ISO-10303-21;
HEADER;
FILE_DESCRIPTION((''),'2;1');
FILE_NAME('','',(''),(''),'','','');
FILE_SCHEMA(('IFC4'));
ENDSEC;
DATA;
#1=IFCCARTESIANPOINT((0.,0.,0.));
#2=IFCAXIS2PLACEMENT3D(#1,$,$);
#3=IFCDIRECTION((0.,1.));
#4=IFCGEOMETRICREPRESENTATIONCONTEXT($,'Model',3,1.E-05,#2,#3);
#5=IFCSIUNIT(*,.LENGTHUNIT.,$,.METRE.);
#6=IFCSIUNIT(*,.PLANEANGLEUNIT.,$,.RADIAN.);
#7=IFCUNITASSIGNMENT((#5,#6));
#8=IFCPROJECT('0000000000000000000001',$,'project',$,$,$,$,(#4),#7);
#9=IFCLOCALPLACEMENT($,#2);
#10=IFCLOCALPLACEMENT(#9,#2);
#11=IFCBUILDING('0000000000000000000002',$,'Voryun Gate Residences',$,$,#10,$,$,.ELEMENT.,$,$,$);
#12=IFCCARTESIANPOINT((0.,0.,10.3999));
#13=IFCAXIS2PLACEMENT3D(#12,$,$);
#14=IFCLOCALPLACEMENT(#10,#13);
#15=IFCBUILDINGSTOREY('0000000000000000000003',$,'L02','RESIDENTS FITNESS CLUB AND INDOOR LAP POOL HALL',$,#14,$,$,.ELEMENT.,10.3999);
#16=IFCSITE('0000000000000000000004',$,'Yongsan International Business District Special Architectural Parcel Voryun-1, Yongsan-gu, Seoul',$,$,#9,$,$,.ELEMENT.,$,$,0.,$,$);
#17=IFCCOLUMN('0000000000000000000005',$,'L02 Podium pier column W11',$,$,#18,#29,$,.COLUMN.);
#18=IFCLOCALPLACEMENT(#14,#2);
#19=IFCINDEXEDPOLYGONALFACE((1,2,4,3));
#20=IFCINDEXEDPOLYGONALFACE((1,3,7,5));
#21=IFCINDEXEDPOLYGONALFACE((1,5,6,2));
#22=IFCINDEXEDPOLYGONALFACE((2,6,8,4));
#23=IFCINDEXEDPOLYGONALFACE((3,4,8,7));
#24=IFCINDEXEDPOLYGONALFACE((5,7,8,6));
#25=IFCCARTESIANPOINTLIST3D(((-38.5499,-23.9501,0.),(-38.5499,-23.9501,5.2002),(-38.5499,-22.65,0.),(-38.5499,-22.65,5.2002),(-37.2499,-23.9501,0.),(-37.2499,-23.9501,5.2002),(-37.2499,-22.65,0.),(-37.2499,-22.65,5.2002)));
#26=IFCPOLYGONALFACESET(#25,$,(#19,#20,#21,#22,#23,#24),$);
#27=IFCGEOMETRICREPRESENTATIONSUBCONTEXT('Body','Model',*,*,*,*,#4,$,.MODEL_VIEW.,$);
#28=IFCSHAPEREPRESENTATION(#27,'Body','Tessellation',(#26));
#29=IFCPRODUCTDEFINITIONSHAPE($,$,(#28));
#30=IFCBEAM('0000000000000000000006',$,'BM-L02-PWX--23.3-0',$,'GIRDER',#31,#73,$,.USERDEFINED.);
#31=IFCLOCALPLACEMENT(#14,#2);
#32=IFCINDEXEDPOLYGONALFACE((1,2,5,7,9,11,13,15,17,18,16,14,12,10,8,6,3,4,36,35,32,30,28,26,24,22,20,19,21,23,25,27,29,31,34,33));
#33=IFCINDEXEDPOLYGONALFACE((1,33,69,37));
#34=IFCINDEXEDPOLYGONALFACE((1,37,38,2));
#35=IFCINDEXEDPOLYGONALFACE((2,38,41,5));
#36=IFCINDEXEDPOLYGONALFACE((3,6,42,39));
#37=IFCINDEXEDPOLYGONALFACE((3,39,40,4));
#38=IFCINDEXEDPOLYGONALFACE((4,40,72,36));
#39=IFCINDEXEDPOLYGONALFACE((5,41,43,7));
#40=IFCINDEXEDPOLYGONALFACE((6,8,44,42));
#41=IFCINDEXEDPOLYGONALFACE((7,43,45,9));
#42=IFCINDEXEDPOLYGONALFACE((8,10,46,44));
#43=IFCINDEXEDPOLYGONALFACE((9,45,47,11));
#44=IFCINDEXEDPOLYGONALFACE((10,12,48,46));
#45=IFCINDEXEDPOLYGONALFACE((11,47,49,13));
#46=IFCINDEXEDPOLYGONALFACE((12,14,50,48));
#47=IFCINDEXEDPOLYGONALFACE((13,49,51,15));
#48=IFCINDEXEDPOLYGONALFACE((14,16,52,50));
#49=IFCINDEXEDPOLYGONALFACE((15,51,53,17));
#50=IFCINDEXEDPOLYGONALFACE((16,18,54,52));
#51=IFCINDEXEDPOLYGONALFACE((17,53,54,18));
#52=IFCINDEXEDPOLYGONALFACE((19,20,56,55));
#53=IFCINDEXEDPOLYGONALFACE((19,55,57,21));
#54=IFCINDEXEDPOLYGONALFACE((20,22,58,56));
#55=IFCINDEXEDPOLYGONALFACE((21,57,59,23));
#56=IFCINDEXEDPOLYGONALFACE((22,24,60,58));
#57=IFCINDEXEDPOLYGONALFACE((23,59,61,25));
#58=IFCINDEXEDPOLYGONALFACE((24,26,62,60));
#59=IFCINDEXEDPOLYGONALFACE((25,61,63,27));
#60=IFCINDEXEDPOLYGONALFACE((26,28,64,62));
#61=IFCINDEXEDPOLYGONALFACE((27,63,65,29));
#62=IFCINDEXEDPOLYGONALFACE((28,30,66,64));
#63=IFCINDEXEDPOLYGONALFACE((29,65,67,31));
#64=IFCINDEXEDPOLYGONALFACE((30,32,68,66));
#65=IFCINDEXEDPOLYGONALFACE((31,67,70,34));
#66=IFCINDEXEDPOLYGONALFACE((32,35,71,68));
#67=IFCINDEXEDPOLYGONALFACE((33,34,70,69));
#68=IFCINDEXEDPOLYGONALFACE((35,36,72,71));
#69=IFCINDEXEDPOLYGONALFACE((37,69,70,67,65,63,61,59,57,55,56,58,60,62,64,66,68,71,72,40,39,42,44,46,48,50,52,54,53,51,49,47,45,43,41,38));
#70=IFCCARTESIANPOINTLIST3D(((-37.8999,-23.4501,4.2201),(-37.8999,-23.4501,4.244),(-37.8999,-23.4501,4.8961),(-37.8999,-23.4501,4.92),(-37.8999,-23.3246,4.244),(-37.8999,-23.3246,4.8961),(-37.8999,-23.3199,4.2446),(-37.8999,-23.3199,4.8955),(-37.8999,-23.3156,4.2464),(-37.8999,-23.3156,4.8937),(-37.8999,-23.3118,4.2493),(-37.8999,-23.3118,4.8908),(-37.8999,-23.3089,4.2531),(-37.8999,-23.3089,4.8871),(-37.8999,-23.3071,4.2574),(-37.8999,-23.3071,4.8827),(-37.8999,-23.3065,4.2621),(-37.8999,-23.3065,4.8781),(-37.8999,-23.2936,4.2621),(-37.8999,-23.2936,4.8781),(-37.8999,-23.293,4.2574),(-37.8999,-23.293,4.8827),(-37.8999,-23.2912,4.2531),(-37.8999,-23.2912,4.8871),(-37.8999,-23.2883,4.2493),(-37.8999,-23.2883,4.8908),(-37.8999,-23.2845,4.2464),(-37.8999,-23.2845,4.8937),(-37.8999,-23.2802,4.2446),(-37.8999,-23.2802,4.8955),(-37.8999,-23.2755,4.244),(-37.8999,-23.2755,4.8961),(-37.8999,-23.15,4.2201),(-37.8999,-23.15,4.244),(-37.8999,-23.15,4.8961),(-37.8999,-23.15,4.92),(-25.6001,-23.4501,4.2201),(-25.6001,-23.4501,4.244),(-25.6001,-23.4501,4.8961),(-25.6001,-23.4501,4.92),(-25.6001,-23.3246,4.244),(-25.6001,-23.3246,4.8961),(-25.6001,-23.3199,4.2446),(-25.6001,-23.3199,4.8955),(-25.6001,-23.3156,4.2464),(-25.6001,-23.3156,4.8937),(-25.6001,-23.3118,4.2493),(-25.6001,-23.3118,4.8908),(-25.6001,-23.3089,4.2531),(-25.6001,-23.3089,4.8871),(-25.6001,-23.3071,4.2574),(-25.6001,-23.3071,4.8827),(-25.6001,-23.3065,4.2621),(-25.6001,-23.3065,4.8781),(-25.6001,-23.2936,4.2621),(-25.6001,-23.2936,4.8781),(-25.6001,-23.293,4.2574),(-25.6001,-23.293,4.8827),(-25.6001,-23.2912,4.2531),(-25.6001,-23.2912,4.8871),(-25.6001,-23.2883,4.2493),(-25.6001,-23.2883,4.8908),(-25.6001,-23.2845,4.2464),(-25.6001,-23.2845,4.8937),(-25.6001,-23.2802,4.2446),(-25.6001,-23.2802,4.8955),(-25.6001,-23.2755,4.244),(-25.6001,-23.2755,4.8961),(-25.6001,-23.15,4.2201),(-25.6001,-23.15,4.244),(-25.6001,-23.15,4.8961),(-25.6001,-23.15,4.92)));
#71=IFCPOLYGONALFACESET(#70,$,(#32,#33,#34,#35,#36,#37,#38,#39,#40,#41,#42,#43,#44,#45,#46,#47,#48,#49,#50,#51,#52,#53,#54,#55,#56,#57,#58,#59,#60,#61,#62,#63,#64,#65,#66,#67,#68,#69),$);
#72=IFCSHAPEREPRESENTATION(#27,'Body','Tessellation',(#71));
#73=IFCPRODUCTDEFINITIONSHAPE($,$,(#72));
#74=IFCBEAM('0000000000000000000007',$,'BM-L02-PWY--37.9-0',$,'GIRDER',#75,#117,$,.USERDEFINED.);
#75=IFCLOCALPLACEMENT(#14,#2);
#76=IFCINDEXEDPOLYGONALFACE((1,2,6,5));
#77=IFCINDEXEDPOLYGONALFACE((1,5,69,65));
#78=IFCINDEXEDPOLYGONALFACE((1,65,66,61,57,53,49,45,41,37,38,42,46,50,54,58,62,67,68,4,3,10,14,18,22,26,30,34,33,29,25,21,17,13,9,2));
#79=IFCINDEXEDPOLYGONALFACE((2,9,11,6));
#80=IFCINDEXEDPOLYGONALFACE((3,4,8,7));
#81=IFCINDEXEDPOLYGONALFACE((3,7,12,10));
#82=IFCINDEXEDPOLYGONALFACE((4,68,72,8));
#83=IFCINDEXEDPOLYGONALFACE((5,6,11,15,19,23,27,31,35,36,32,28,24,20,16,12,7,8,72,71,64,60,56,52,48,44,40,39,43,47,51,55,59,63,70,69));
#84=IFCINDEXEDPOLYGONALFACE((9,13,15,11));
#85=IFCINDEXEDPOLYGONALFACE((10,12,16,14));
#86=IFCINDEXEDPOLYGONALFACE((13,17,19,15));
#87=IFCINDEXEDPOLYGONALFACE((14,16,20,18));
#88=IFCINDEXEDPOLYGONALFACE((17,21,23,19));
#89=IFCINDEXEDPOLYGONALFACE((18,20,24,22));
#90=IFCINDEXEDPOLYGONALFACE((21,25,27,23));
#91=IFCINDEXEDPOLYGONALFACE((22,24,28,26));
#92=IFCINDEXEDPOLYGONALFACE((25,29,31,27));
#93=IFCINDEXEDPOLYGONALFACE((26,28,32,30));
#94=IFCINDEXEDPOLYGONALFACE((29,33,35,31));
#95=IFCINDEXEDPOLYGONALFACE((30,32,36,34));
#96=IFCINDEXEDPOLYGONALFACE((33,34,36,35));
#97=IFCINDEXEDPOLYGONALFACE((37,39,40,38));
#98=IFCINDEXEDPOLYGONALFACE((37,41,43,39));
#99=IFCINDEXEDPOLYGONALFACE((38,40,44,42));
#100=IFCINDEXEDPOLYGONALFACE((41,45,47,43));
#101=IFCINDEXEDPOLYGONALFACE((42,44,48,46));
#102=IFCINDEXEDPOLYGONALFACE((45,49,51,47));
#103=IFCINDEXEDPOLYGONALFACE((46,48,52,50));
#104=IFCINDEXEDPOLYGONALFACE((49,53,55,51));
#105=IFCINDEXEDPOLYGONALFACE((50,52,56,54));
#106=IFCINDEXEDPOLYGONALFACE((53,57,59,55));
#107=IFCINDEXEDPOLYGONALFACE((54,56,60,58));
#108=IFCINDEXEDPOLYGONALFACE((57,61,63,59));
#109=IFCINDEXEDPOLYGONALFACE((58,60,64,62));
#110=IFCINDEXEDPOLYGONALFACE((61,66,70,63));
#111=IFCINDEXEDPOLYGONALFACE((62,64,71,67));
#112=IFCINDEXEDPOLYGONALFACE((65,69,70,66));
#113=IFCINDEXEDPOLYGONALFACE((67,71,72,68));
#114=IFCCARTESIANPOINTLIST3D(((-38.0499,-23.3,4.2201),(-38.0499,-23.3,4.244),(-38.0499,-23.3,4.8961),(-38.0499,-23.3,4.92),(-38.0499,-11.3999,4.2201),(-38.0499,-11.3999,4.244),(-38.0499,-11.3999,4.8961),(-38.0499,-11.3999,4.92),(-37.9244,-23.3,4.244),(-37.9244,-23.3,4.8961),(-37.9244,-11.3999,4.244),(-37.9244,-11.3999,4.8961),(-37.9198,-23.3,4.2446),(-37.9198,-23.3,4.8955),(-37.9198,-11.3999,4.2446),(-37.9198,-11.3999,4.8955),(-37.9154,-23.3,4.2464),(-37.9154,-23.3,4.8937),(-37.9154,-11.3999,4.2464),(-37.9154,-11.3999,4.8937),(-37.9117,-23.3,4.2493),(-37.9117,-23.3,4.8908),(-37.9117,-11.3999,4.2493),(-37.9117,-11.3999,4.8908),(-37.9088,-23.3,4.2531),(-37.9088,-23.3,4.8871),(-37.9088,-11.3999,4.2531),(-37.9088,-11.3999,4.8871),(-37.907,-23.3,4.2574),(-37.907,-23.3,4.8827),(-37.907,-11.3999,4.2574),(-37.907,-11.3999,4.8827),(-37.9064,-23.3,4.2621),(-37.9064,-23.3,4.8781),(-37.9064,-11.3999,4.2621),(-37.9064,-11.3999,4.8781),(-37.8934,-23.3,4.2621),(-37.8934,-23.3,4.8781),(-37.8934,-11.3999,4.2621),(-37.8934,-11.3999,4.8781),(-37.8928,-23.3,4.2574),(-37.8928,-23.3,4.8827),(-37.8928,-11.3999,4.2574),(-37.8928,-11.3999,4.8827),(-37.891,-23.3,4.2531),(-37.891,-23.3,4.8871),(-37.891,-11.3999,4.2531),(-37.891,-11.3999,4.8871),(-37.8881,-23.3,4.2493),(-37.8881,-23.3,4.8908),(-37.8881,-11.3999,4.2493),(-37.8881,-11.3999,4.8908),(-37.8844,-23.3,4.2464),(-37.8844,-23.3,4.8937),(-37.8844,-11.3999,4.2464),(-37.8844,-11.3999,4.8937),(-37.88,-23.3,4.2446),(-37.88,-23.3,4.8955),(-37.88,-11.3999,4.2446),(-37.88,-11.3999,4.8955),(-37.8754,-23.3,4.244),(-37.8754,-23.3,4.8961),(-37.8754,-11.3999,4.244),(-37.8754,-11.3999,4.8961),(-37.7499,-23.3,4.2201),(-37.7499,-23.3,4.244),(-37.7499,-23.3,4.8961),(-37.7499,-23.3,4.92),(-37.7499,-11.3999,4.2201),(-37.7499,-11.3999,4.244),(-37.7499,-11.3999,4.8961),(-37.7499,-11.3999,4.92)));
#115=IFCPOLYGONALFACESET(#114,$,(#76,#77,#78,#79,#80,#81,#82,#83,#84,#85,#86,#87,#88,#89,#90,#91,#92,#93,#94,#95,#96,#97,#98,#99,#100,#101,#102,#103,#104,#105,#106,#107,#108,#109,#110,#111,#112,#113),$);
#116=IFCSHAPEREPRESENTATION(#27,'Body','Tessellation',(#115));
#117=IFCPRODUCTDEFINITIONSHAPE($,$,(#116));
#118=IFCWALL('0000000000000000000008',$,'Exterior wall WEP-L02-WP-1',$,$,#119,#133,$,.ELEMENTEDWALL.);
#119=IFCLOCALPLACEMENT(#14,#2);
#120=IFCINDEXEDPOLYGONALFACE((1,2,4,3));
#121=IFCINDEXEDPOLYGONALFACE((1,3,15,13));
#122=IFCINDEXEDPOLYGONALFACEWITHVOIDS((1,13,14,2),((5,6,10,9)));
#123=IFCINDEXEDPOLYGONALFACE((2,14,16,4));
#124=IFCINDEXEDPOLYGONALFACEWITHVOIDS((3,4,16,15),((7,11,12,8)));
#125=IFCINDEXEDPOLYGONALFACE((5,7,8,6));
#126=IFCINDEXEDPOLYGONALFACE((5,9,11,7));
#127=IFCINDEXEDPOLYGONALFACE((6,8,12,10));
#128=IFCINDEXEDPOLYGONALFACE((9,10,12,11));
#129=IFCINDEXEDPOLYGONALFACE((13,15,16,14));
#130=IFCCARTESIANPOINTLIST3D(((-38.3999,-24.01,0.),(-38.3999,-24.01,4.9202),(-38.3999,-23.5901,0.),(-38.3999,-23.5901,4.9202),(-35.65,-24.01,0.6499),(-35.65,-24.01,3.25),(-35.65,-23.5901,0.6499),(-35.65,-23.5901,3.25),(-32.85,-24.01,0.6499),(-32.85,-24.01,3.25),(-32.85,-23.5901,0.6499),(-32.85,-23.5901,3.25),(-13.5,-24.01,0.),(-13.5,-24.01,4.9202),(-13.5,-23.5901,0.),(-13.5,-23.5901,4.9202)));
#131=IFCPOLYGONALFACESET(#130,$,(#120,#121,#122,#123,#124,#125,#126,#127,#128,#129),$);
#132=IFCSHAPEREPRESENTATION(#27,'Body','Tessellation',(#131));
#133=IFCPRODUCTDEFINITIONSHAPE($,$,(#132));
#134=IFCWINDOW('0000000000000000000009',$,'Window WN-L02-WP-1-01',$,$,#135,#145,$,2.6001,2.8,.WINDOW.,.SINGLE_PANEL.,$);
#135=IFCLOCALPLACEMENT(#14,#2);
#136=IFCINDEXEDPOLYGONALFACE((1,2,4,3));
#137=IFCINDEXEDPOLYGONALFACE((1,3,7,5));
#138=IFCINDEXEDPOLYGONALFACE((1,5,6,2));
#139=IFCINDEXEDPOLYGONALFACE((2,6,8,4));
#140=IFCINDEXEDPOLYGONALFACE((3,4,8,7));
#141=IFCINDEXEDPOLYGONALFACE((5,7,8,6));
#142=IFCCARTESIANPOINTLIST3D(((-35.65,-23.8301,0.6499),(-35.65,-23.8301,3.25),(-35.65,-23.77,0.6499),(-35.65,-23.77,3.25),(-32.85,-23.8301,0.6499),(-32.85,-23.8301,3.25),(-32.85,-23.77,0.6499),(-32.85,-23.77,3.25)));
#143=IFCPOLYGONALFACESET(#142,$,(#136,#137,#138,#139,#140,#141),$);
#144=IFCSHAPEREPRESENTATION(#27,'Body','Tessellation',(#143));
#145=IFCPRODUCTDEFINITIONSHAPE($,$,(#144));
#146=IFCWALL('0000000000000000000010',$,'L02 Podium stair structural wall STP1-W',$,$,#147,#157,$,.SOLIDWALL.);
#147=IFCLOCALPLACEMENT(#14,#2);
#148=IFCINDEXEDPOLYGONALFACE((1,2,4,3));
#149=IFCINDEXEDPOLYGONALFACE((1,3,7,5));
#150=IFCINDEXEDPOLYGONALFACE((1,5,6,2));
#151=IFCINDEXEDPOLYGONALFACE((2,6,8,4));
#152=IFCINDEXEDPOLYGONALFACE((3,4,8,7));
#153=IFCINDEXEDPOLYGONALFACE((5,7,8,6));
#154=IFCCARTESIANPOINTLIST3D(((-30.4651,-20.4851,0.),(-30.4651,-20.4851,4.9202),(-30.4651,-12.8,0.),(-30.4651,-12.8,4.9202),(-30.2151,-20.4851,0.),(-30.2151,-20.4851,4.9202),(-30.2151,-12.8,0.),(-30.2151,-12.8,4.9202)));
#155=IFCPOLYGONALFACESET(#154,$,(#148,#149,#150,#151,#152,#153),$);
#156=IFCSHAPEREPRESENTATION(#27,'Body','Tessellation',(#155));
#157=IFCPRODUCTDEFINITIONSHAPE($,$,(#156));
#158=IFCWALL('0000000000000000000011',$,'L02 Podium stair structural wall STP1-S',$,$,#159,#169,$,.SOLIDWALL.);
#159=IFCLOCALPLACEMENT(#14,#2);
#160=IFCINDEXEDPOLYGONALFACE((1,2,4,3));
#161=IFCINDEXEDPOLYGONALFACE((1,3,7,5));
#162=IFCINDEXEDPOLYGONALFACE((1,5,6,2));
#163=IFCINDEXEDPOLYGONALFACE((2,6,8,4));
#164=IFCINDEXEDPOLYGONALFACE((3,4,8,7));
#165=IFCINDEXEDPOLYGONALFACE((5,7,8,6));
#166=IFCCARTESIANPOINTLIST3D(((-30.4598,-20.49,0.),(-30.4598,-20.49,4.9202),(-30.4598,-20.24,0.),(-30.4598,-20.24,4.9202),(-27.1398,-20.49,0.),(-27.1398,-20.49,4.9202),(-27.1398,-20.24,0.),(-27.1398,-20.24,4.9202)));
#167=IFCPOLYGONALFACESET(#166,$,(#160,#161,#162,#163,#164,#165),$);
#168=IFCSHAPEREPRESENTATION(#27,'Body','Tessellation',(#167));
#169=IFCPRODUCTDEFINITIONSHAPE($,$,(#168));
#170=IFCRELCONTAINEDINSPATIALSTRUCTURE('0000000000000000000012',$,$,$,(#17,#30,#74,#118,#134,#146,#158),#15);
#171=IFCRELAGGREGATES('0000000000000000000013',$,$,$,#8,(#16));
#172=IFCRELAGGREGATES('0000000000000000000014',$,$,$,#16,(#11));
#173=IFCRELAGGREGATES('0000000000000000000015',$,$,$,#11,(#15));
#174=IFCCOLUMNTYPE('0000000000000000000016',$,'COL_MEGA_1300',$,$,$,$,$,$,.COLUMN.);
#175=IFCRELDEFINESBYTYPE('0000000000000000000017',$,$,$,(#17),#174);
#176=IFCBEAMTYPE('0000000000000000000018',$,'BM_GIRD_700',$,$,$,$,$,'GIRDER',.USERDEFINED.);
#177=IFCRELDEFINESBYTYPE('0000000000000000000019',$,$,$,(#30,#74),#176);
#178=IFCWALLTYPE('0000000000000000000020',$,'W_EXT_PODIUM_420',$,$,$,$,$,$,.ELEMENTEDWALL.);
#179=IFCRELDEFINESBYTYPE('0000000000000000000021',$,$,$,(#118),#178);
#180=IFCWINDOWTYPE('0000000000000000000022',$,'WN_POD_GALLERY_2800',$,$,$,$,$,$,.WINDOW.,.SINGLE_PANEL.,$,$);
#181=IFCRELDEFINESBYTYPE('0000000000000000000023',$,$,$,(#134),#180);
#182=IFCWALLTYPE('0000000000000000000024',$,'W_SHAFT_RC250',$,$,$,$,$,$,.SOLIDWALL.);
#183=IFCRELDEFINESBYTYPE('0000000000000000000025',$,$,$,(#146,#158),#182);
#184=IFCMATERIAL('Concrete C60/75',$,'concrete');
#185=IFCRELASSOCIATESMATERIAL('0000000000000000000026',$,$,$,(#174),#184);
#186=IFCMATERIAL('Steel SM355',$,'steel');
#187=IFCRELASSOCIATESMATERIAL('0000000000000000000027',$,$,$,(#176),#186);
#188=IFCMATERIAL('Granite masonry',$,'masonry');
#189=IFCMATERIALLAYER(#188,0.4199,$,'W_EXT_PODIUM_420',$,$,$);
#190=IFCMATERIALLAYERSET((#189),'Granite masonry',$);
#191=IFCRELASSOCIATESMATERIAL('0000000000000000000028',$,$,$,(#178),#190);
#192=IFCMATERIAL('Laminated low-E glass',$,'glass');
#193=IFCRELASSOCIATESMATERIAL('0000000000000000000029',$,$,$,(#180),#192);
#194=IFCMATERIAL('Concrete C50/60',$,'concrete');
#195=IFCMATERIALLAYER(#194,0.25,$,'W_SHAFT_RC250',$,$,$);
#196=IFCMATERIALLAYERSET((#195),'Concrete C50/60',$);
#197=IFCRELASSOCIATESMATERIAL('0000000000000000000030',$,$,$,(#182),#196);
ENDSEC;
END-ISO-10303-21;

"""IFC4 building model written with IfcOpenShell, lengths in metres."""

from ifc_helpers import new_model, si_unit, direction, frame, frame_2d, origin, origin_2d, place, context, subcontext, project, spatial, rectangle, i_section, extrude, material, layer, layer_set, material_profile, profile_set, type_object, element, fill, save


model = new_model("IFC4")

# Units and contexts
model_context = context("Model", 3, precision=1e-05, world=origin(), true_north=direction((0.0, 1.0)))
body_context = subcontext(model_context, "Body", "Model", "MODEL_VIEW")
ifc_project = project(units=[si_unit("LENGTHUNIT", "METRE"), si_unit("PLANEANGLEUNIT", "RADIAN")], contexts=[model_context])

# Site, building, storey
site_placement = place(None, origin())
site = spatial("IfcSite", under=ifc_project, at=site_placement, Name="Yongsan International Business District Special Architectural Parcel Voryun-1, Yongsan-gu, Seoul", CompositionType="ELEMENT", RefElevation=0.0)
building_placement = place(site_placement, origin())
building = spatial("IfcBuilding", under=site, at=building_placement, Name="Voryun Gate Residences", CompositionType="ELEMENT")
storey_placement = place(building_placement, frame((0.0, 0.0, 10.3999)))
storey = spatial("IfcBuildingStorey", under=building, at=storey_placement, Name="L02", Description="RESIDENTS FITNESS CLUB AND INDOOR LAP POOL HALL", CompositionType="ELEMENT", Elevation=10.3999)

# Column
ifc_material_1 = material(Name="Concrete C60/75", Category="concrete")
ifc_material_profile_1 = material_profile(ifc_material_1, rectangle(XDim=1.3, YDim=1.3, at=origin_2d()), Name="RC-1300x1300")
ifc_profile_set_1 = profile_set([ifc_material_profile_1], Name="Concrete C60/75")
column_type = type_object("IfcColumnType", Name="COL_MEGA_1300", PredefinedType="COLUMN", material=ifc_profile_set_1)
column_placement = place(storey_placement, frame((-37.8999, -23.3, 0.0), z_axis=(0.0, 0.0, 1.0), x_axis=(1.0, 0.0, 0.0)))
element("IfcColumn", 1, at=column_placement, inside=storey, type_object=column_type, Name="L02 Podium pier column W11", PredefinedType="COLUMN", context=body_context, shape_type="SweptSolid", body=[
    extrude(rectangle(XDim=1.3, YDim=1.3, at=origin_2d()), origin(), (0.0, 0.0, 1.0), 5.2002),
])

# Beams
ifc_material_2 = material(Name="Steel SM355", Category="steel")
ifc_material_profile_2 = material_profile(ifc_material_2, i_section(OverallWidth=0.3, OverallDepth=0.7, WebThickness=0.0129, FlangeThickness=0.0239, FilletRadius=0.0181, at=origin_2d()), Name="H-700x300x13x24")
ifc_profile_set_2 = profile_set([ifc_material_profile_2], Name="Steel SM355")
beam_type = type_object("IfcBeamType", Name="BM_GIRD_700", ElementType="GIRDER", PredefinedType="USERDEFINED", material=ifc_profile_set_2)
beam_1_placement = place(storey_placement, frame((-37.8999, -23.3, 4.5701), z_axis=(1.0, 0.0, 0.0), x_axis=(0.0, 1.0, 0.0)))
element("IfcBeam", 2, at=beam_1_placement, inside=storey, type_object=beam_type, Name="BM-L02-PWX--23.3-0", ObjectType="GIRDER", PredefinedType="USERDEFINED", context=body_context, shape_type="SweptSolid", body=[
    extrude(i_section(OverallWidth=0.3, OverallDepth=0.7, WebThickness=0.0129, FlangeThickness=0.0239, FilletRadius=0.0181, at=origin_2d()), origin(), (0.0, 0.0, 1.0), 12.2998),
])
beam_2_placement = place(storey_placement, frame((-37.8999, -23.3, 4.5701), z_axis=(0.0, 1.0, 0.0), x_axis=(-1.0, 0.0, 0.0)))
element("IfcBeam", 3, at=beam_2_placement, inside=storey, type_object=beam_type, Name="BM-L02-PWY--37.9-0", ObjectType="GIRDER", PredefinedType="USERDEFINED", context=body_context, shape_type="SweptSolid", body=[
    extrude(i_section(OverallWidth=0.3, OverallDepth=0.7, WebThickness=0.0129, FlangeThickness=0.0239, FilletRadius=0.0181, at=origin_2d()), origin(), (0.0, 0.0, 1.0), 11.9001),
])

# Wall, opening, window
ifc_material_3 = material(Name="Granite masonry", Category="masonry")
ifc_layer_1 = layer(ifc_material_3, 0.4199, Name="W_EXT_PODIUM_420")
ifc_layer_set_1 = layer_set([ifc_layer_1], Name="Granite masonry")
wall_type_1 = type_object("IfcWallType", Name="W_EXT_PODIUM_420", PredefinedType="ELEMENTEDWALL", material=ifc_layer_set_1)
wall_1_placement = place(storey_placement, frame((-38.3999, -23.8, 0.0), z_axis=(0.0, 0.0, 1.0), x_axis=(1.0, 0.0, 0.0)))
wall_1 = element("IfcWall", 4, at=wall_1_placement, inside=storey, type_object=wall_type_1, Name="Exterior wall WEP-L02-WP-1", PredefinedType="ELEMENTEDWALL", context=body_context, shape_type="SweptSolid", body=[
    extrude(rectangle(XDim=24.8999, YDim=0.4199, at=frame_2d((12.45, 0.0))), origin(), (0.0, 0.0, 1.0), 4.9202),
])
opening_placement = place(wall_1_placement, frame((2.75, 0.0, 0.6499)))
opening = element("IfcOpeningElement", 5, at=opening_placement, cuts=wall_1, PredefinedType="OPENING", context=body_context, shape_type="SweptSolid", body=[
    extrude(rectangle(XDim=2.8, YDim=2.6001, at=frame_2d((1.3999, 1.3))), frame((0.0, 0.22, 0.0), z_axis=(0.0, -1.0, 0.0), x_axis=(1.0, 0.0, 0.0)), (0.0, 0.0, 1.0), 0.4399),
])
ifc_material_4 = material(Name="Laminated low-E glass", Category="glass")
window_type = type_object("IfcWindowType", Name="WN_POD_GALLERY_2800", PartitioningType="SINGLE_PANEL", PredefinedType="WINDOW", material=ifc_material_4)
window_placement = place(opening_placement, origin())
window = element("IfcWindow", 6, at=window_placement, inside=storey, type_object=window_type, Name="Window WN-L02-WP-1-01", OverallHeight=2.6001, OverallWidth=2.8, PartitioningType="SINGLE_PANEL", PredefinedType="WINDOW", context=body_context, shape_type="SweptSolid", body=[
    extrude(rectangle(XDim=2.8, YDim=2.6001, at=frame_2d((1.3999, 1.3))), frame((0.0, 0.03, 0.0), z_axis=(0.0, -1.0, 0.0), x_axis=(1.0, 0.0, 0.0)), (0.0, 0.0, 1.0), 0.0601),
])
fill(opening, window)

# Walls
ifc_material_5 = material(Name="Concrete C50/60", Category="concrete")
ifc_layer_2 = layer(ifc_material_5, 0.25, Name="W_SHAFT_RC250")
ifc_layer_set_2 = layer_set([ifc_layer_2], Name="Concrete C50/60")
wall_type_2 = type_object("IfcWallType", Name="W_SHAFT_RC250", PredefinedType="SOLIDWALL", material=ifc_layer_set_2)
wall_2_placement = place(storey_placement, frame((-30.3401, -20.4851, 0.0), z_axis=(0.0, 0.0, 1.0), x_axis=(0.0, 1.0, 0.0)))
element("IfcWall", 7, at=wall_2_placement, inside=storey, type_object=wall_type_2, Name="L02 Podium stair structural wall STP1-W", PredefinedType="SOLIDWALL", context=body_context, shape_type="SweptSolid", body=[
    extrude(rectangle(XDim=7.6851, YDim=0.25, at=frame_2d((3.8425, 0.0))), origin(), (0.0, 0.0, 1.0), 4.9202),
])
wall_3_placement = place(storey_placement, frame((-30.46, -20.365, 0.0), z_axis=(0.0, 0.0, 1.0), x_axis=(1.0, 0.0, 0.0)))
element("IfcWall", 8, at=wall_3_placement, inside=storey, type_object=wall_type_2, Name="L02 Podium stair structural wall STP1-S", PredefinedType="SOLIDWALL", context=body_context, shape_type="SweptSolid", body=[
    extrude(rectangle(XDim=3.3201, YDim=0.25, at=frame_2d((1.6602, 0.0))), origin(), (0.0, 0.0, 1.0), 4.9202),
])

save(model, "model.ifc")
